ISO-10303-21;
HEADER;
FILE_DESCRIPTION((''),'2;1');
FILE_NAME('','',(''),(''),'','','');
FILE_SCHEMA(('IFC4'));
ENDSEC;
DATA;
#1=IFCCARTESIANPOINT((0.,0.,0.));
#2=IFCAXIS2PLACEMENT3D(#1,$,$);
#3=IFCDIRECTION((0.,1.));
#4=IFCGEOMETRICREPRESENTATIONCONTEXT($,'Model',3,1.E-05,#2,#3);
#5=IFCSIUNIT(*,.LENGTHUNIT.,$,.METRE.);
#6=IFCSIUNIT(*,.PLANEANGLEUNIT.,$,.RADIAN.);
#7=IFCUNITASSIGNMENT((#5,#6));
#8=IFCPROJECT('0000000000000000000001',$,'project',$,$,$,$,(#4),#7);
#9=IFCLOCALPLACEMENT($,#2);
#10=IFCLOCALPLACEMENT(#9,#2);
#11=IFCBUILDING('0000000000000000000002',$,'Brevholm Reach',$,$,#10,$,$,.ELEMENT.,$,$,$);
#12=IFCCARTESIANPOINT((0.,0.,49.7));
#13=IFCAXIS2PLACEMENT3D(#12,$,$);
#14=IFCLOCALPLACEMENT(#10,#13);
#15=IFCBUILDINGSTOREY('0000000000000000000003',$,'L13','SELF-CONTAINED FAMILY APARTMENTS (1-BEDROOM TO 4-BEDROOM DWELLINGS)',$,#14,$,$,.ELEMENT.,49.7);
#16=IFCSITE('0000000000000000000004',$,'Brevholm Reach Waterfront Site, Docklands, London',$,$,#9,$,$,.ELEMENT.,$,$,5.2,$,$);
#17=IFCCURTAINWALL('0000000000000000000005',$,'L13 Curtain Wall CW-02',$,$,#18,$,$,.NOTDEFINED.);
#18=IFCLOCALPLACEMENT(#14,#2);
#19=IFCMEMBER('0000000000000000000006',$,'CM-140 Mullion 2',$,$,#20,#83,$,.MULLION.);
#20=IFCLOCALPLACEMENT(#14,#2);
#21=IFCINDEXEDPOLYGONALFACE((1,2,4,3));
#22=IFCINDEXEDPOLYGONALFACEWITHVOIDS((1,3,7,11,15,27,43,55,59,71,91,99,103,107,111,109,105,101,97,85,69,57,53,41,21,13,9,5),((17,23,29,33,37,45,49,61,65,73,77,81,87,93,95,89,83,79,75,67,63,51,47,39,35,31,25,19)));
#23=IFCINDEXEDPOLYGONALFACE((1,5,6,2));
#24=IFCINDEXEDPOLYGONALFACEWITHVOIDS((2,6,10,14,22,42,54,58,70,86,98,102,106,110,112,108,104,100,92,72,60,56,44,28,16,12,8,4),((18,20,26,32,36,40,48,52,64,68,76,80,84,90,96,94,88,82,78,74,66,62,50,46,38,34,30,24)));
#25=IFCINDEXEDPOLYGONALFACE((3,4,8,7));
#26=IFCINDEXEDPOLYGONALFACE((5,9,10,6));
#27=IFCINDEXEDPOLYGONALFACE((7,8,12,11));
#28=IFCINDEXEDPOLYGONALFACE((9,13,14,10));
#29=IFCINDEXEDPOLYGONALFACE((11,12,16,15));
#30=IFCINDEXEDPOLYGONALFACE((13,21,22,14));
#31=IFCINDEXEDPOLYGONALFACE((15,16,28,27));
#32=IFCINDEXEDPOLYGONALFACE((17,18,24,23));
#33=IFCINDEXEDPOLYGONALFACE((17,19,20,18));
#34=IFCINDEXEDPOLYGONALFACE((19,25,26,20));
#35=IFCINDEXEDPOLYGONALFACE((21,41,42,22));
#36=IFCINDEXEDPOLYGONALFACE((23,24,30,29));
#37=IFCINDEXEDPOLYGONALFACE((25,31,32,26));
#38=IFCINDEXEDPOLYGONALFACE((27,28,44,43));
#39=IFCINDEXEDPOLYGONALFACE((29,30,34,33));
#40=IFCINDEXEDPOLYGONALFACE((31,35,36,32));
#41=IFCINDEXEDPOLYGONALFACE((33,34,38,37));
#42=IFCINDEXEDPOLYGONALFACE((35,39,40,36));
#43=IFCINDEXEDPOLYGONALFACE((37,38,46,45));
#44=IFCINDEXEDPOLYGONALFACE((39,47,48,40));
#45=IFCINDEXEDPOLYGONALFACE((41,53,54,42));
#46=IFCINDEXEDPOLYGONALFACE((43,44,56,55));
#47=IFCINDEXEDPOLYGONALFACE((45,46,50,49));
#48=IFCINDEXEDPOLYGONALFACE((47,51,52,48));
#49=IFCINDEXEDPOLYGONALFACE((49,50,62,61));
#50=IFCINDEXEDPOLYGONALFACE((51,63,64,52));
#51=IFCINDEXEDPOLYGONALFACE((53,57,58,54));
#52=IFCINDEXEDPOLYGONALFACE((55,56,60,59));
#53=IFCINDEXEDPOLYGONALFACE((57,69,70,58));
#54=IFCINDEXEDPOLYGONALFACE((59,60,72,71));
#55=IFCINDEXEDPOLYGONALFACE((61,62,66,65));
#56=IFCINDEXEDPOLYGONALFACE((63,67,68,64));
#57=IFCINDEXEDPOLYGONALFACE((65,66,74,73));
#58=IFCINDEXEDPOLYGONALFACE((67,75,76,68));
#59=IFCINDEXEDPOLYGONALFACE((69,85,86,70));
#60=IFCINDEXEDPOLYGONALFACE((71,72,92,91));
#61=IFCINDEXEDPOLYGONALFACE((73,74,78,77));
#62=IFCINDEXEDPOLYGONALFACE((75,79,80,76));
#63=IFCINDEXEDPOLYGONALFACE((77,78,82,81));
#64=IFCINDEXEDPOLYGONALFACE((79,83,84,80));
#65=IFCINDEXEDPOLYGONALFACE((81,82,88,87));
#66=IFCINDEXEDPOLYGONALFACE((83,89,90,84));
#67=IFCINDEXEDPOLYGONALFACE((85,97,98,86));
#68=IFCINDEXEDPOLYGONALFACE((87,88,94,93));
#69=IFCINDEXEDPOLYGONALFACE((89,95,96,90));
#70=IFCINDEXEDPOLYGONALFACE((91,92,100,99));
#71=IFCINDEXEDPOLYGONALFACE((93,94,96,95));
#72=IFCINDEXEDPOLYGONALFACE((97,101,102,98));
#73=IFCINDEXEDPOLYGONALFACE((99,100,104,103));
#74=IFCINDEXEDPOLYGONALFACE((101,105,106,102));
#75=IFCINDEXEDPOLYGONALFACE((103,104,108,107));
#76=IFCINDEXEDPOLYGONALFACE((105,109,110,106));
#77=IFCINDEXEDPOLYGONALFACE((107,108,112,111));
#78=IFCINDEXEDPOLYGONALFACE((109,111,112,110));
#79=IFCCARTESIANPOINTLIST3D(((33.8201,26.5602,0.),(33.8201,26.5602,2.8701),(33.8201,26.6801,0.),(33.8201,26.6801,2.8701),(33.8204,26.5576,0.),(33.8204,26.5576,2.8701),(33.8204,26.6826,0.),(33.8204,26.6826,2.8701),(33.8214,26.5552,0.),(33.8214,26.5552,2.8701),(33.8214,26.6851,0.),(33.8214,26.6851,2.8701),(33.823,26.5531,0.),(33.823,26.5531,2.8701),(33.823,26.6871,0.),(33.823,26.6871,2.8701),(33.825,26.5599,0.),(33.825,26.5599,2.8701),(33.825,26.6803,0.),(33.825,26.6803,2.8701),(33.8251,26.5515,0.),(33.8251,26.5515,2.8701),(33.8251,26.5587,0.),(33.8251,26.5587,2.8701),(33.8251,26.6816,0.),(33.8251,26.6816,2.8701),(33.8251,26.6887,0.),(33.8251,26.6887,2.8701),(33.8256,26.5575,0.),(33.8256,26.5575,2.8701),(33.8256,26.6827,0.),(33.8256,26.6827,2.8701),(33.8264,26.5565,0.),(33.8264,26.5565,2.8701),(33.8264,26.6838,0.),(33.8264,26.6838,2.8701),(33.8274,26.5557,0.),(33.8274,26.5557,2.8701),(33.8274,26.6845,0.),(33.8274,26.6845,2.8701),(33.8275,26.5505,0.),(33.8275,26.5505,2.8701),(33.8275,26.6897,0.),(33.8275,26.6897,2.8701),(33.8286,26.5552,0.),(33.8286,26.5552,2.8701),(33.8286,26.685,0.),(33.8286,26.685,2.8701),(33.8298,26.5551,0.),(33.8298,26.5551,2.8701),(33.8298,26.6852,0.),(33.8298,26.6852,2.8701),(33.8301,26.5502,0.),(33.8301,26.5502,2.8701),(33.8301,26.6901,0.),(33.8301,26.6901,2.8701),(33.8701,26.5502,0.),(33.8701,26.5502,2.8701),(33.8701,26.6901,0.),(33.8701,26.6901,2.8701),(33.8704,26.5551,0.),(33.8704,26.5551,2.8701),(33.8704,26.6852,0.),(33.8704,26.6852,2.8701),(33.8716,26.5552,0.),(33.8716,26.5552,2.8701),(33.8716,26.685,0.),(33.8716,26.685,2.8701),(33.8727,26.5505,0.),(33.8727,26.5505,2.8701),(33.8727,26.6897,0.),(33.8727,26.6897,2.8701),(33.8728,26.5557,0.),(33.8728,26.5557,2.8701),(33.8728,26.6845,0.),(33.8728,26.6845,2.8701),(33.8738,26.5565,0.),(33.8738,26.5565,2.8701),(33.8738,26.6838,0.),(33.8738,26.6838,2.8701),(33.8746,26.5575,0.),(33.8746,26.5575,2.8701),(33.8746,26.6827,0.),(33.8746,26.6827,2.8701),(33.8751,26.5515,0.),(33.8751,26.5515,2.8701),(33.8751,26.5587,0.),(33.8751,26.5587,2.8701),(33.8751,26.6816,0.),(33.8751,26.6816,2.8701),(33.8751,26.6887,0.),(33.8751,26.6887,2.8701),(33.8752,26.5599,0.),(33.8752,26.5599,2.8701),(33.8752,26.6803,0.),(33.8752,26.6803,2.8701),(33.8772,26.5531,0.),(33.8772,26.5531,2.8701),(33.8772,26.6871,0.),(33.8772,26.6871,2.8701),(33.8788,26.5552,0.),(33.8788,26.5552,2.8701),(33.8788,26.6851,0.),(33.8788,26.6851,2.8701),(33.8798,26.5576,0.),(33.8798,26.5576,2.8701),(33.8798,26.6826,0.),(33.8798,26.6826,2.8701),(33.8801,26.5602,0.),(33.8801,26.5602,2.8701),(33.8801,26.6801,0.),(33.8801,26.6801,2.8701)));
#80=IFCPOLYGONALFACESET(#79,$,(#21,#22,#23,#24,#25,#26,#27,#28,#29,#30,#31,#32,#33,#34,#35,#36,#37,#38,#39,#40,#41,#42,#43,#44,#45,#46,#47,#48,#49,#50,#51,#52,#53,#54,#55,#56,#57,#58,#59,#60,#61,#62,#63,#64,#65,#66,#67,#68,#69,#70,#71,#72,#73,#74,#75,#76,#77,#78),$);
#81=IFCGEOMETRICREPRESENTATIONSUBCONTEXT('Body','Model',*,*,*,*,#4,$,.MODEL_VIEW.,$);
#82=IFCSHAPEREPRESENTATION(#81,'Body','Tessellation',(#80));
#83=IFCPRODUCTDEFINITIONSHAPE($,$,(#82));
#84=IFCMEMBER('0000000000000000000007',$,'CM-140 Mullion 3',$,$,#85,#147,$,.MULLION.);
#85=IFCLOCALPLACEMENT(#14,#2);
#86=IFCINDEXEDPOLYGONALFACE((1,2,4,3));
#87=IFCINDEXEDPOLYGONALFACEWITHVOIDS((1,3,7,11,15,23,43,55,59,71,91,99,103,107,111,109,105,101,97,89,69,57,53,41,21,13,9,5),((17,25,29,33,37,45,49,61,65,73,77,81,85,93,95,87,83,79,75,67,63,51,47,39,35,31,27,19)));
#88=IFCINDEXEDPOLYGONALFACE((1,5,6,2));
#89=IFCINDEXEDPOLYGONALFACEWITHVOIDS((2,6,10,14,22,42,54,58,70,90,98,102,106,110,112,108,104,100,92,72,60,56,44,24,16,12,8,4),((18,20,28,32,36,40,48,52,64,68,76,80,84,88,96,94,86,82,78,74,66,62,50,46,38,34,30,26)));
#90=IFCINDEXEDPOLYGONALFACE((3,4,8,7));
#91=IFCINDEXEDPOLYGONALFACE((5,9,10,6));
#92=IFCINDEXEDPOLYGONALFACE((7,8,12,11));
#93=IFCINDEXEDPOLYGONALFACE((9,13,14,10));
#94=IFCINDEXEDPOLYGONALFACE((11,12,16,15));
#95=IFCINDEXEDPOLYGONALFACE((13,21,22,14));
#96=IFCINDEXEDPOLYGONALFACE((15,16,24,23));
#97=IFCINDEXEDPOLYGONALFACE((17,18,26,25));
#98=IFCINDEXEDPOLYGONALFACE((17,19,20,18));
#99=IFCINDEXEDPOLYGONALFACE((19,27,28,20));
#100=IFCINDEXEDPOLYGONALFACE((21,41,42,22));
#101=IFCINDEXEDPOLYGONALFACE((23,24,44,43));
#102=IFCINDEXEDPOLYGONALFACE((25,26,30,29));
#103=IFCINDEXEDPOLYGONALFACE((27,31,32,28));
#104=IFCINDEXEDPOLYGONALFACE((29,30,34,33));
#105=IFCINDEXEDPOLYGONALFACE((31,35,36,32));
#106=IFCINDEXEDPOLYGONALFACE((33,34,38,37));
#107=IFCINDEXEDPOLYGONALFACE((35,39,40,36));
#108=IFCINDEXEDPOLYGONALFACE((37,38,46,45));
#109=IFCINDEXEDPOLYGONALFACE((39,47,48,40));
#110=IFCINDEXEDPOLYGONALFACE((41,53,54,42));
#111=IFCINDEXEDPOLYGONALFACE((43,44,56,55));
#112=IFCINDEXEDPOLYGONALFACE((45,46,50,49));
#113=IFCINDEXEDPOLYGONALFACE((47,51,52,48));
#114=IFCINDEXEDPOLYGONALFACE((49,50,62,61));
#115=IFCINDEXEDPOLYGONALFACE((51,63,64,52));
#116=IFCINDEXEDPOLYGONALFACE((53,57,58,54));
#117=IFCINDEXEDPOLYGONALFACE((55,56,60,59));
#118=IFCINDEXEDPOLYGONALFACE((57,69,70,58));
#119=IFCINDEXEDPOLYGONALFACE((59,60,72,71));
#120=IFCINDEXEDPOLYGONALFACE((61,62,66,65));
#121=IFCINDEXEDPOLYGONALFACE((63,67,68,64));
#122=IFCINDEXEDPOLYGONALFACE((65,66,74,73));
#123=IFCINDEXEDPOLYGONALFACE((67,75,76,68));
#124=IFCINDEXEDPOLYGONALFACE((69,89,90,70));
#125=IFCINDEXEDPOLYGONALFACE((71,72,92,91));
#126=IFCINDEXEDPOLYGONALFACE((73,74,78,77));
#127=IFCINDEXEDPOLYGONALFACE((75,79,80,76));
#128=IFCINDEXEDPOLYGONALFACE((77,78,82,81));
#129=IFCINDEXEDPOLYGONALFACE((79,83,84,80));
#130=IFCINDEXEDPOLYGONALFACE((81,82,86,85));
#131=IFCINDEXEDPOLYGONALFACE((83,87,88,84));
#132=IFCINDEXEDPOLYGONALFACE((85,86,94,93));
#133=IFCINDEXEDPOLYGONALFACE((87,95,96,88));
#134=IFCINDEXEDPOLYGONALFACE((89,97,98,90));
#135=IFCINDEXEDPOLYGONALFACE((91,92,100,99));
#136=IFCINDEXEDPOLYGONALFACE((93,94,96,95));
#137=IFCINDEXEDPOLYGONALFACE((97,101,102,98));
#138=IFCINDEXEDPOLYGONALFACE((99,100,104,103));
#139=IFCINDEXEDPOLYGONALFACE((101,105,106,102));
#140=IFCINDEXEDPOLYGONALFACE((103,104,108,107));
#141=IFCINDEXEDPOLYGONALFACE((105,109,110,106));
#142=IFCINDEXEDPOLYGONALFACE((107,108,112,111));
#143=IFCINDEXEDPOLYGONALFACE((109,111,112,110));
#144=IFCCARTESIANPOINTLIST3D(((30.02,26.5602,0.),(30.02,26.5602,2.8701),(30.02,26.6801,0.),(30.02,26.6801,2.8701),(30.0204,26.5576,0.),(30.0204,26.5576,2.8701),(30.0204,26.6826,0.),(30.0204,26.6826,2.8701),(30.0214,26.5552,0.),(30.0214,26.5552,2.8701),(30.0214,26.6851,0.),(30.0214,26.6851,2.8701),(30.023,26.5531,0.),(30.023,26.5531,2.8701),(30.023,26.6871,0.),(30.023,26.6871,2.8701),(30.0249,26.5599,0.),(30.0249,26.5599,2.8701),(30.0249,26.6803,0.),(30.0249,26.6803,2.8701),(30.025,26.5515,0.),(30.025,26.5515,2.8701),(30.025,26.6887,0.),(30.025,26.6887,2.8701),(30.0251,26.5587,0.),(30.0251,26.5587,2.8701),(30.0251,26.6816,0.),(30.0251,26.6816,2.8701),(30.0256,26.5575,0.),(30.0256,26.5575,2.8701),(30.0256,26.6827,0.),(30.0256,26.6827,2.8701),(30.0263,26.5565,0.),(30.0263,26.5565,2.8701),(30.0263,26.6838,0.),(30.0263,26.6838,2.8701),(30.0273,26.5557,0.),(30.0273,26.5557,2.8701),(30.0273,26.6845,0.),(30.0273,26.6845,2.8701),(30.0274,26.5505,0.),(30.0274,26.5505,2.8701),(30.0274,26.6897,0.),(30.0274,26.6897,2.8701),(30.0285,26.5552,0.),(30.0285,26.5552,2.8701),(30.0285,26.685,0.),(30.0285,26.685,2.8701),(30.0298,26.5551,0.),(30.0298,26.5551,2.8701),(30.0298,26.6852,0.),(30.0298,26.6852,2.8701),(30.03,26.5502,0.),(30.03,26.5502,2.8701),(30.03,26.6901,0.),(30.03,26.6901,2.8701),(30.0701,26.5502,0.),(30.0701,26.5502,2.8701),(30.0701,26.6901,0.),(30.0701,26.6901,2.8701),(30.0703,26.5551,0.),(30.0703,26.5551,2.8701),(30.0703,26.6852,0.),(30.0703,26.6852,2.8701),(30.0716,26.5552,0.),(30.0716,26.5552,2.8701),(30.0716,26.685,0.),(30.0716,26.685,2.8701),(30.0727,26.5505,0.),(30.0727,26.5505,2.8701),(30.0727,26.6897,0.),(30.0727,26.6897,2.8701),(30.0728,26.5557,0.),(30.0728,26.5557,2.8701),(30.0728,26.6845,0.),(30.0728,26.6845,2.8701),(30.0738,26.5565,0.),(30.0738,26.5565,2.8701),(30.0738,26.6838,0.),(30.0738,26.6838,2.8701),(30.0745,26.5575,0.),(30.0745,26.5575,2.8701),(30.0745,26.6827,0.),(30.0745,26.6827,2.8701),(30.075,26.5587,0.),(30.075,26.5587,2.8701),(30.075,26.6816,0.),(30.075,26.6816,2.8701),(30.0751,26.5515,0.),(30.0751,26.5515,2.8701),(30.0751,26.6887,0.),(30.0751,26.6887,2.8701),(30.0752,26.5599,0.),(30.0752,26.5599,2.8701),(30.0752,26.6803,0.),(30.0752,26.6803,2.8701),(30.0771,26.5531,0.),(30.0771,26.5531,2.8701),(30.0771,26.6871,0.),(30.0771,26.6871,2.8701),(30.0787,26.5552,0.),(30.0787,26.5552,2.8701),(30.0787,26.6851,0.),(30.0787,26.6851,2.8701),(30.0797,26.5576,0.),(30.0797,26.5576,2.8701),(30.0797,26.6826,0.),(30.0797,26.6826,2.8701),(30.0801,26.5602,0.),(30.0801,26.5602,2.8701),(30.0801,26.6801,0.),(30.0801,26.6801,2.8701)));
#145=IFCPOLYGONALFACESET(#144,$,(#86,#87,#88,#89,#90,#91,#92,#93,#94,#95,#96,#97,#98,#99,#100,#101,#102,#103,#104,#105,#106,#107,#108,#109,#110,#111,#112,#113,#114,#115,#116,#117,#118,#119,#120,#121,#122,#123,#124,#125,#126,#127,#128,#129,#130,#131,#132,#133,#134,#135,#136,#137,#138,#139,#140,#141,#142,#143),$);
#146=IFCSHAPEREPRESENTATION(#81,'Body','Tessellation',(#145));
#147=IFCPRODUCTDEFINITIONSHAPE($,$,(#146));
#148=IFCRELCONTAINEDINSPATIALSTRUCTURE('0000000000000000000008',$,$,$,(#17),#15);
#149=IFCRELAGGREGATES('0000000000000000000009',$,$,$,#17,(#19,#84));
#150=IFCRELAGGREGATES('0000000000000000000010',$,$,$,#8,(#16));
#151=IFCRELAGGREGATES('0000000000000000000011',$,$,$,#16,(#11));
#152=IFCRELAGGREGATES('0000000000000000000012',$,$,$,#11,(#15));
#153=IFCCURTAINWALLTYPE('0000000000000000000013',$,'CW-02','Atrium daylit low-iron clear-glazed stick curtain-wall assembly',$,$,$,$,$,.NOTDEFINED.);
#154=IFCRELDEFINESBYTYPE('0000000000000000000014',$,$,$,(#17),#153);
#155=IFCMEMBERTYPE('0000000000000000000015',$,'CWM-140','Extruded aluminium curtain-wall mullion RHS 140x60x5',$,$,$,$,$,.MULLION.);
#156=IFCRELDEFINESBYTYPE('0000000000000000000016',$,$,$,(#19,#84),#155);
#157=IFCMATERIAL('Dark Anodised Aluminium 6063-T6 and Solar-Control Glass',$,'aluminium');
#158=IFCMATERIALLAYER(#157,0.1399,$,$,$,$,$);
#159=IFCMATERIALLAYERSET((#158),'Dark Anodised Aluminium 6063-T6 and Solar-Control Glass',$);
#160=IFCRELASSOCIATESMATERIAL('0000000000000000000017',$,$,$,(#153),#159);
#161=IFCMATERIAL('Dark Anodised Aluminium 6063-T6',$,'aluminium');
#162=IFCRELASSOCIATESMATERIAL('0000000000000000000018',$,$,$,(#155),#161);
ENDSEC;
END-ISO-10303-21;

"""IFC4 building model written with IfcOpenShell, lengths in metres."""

from ifc_helpers import new_model, si_unit, direction, frame, origin, origin_2d, place, context, subcontext, project, spatial, hollow_rectangle, extrude, material, layer, layer_set, material_profile, profile_set, type_object, element, aggregate, save


model = new_model("IFC4")

# Units and contexts
model_context = context("Model", 3, precision=1e-05, world=origin(), true_north=direction((0.0, 1.0)))
body_context = subcontext(model_context, "Body", "Model", "MODEL_VIEW")
ifc_project = project(units=[si_unit("LENGTHUNIT", "METRE"), si_unit("PLANEANGLEUNIT", "RADIAN")], contexts=[model_context])

# Site, building, storey
site_placement = place(None, origin())
site = spatial("IfcSite", under=ifc_project, at=site_placement, Name="Brevholm Reach Waterfront Site, Docklands, London", CompositionType="ELEMENT", RefElevation=5.2)
building_placement = place(site_placement, origin())
building = spatial("IfcBuilding", under=site, at=building_placement, Name="Brevholm Reach", CompositionType="ELEMENT")
storey_placement = place(building_placement, frame((0.0, 0.0, 49.7)))
storey = spatial("IfcBuildingStorey", under=building, at=storey_placement, Name="L13", Description="SELF-CONTAINED FAMILY APARTMENTS (1-BEDROOM TO 4-BEDROOM DWELLINGS)", CompositionType="ELEMENT", Elevation=49.7)

# Curtain wall, members
ifc_material_1 = material(Name="Dark Anodised Aluminium 6063-T6 and Solar-Control Glass", Category="aluminium")
ifc_layer_1 = layer(ifc_material_1, 0.1399)
ifc_layer_set_1 = layer_set([ifc_layer_1], Name="Dark Anodised Aluminium 6063-T6 and Solar-Control Glass")
curtain_wall_type_1 = type_object("IfcCurtainWallType", Name="CW-02", Description="Atrium daylit low-iron clear-glazed stick curtain-wall assembly", PredefinedType="NOTDEFINED", material=ifc_layer_set_1)
curtain_wall_1_placement = place(storey_placement, origin())
curtain_wall_1 = element("IfcCurtainWall", 1, at=curtain_wall_1_placement, inside=storey, type_object=curtain_wall_type_1, Name="L13 Curtain Wall CW-02", PredefinedType="NOTDEFINED")
ifc_material_2 = material(Name="Dark Anodised Aluminium 6063-T6", Category="aluminium")
ifc_material_profile_1 = material_profile(ifc_material_2, hollow_rectangle(XDim=0.0601, YDim=0.1399, WallThickness=0.0049, InnerFilletRadius=0.0049, OuterFilletRadius=0.01, at=origin_2d()), Name="RHS 140x60x5")
ifc_profile_set_1 = profile_set([ifc_material_profile_1], Name="Dark Anodised Aluminium 6063-T6")
member_type_1 = type_object("IfcMemberType", Name="CWM-140", Description="Extruded aluminium curtain-wall mullion RHS 140x60x5", PredefinedType="MULLION", material=ifc_profile_set_1)
member_1_placement = place(storey_placement, frame((33.8501, 26.6201, 0.0), z_axis=(0.0, 0.0, 1.0), x_axis=(-1.0, 0.0, 0.0)))
member_1 = element("IfcMember", 2, at=member_1_placement, type_object=member_type_1, Name="CM-140 Mullion 2", PredefinedType="MULLION", context=body_context, shape_type="SweptSolid", body=[
    extrude(hollow_rectangle(XDim=0.0601, YDim=0.1399, WallThickness=0.0049, InnerFilletRadius=0.0049, OuterFilletRadius=0.01, at=origin_2d()), origin(), (0.0, 0.0, 1.0), 2.8701),
])
member_2_placement = place(storey_placement, frame((30.05, 26.6201, 0.0), z_axis=(0.0, 0.0, 1.0), x_axis=(-1.0, 0.0, 0.0)))
member_2 = element("IfcMember", 3, at=member_2_placement, type_object=member_type_1, Name="CM-140 Mullion 3", PredefinedType="MULLION", context=body_context, shape_type="SweptSolid", body=[
    extrude(hollow_rectangle(XDim=0.0601, YDim=0.1399, WallThickness=0.0049, InnerFilletRadius=0.0049, OuterFilletRadius=0.01, at=origin_2d()), origin(), (0.0, 0.0, 1.0), 2.8701),
])

aggregate(curtain_wall_1, [member_1, member_2])

save(model, "model.ifc")
